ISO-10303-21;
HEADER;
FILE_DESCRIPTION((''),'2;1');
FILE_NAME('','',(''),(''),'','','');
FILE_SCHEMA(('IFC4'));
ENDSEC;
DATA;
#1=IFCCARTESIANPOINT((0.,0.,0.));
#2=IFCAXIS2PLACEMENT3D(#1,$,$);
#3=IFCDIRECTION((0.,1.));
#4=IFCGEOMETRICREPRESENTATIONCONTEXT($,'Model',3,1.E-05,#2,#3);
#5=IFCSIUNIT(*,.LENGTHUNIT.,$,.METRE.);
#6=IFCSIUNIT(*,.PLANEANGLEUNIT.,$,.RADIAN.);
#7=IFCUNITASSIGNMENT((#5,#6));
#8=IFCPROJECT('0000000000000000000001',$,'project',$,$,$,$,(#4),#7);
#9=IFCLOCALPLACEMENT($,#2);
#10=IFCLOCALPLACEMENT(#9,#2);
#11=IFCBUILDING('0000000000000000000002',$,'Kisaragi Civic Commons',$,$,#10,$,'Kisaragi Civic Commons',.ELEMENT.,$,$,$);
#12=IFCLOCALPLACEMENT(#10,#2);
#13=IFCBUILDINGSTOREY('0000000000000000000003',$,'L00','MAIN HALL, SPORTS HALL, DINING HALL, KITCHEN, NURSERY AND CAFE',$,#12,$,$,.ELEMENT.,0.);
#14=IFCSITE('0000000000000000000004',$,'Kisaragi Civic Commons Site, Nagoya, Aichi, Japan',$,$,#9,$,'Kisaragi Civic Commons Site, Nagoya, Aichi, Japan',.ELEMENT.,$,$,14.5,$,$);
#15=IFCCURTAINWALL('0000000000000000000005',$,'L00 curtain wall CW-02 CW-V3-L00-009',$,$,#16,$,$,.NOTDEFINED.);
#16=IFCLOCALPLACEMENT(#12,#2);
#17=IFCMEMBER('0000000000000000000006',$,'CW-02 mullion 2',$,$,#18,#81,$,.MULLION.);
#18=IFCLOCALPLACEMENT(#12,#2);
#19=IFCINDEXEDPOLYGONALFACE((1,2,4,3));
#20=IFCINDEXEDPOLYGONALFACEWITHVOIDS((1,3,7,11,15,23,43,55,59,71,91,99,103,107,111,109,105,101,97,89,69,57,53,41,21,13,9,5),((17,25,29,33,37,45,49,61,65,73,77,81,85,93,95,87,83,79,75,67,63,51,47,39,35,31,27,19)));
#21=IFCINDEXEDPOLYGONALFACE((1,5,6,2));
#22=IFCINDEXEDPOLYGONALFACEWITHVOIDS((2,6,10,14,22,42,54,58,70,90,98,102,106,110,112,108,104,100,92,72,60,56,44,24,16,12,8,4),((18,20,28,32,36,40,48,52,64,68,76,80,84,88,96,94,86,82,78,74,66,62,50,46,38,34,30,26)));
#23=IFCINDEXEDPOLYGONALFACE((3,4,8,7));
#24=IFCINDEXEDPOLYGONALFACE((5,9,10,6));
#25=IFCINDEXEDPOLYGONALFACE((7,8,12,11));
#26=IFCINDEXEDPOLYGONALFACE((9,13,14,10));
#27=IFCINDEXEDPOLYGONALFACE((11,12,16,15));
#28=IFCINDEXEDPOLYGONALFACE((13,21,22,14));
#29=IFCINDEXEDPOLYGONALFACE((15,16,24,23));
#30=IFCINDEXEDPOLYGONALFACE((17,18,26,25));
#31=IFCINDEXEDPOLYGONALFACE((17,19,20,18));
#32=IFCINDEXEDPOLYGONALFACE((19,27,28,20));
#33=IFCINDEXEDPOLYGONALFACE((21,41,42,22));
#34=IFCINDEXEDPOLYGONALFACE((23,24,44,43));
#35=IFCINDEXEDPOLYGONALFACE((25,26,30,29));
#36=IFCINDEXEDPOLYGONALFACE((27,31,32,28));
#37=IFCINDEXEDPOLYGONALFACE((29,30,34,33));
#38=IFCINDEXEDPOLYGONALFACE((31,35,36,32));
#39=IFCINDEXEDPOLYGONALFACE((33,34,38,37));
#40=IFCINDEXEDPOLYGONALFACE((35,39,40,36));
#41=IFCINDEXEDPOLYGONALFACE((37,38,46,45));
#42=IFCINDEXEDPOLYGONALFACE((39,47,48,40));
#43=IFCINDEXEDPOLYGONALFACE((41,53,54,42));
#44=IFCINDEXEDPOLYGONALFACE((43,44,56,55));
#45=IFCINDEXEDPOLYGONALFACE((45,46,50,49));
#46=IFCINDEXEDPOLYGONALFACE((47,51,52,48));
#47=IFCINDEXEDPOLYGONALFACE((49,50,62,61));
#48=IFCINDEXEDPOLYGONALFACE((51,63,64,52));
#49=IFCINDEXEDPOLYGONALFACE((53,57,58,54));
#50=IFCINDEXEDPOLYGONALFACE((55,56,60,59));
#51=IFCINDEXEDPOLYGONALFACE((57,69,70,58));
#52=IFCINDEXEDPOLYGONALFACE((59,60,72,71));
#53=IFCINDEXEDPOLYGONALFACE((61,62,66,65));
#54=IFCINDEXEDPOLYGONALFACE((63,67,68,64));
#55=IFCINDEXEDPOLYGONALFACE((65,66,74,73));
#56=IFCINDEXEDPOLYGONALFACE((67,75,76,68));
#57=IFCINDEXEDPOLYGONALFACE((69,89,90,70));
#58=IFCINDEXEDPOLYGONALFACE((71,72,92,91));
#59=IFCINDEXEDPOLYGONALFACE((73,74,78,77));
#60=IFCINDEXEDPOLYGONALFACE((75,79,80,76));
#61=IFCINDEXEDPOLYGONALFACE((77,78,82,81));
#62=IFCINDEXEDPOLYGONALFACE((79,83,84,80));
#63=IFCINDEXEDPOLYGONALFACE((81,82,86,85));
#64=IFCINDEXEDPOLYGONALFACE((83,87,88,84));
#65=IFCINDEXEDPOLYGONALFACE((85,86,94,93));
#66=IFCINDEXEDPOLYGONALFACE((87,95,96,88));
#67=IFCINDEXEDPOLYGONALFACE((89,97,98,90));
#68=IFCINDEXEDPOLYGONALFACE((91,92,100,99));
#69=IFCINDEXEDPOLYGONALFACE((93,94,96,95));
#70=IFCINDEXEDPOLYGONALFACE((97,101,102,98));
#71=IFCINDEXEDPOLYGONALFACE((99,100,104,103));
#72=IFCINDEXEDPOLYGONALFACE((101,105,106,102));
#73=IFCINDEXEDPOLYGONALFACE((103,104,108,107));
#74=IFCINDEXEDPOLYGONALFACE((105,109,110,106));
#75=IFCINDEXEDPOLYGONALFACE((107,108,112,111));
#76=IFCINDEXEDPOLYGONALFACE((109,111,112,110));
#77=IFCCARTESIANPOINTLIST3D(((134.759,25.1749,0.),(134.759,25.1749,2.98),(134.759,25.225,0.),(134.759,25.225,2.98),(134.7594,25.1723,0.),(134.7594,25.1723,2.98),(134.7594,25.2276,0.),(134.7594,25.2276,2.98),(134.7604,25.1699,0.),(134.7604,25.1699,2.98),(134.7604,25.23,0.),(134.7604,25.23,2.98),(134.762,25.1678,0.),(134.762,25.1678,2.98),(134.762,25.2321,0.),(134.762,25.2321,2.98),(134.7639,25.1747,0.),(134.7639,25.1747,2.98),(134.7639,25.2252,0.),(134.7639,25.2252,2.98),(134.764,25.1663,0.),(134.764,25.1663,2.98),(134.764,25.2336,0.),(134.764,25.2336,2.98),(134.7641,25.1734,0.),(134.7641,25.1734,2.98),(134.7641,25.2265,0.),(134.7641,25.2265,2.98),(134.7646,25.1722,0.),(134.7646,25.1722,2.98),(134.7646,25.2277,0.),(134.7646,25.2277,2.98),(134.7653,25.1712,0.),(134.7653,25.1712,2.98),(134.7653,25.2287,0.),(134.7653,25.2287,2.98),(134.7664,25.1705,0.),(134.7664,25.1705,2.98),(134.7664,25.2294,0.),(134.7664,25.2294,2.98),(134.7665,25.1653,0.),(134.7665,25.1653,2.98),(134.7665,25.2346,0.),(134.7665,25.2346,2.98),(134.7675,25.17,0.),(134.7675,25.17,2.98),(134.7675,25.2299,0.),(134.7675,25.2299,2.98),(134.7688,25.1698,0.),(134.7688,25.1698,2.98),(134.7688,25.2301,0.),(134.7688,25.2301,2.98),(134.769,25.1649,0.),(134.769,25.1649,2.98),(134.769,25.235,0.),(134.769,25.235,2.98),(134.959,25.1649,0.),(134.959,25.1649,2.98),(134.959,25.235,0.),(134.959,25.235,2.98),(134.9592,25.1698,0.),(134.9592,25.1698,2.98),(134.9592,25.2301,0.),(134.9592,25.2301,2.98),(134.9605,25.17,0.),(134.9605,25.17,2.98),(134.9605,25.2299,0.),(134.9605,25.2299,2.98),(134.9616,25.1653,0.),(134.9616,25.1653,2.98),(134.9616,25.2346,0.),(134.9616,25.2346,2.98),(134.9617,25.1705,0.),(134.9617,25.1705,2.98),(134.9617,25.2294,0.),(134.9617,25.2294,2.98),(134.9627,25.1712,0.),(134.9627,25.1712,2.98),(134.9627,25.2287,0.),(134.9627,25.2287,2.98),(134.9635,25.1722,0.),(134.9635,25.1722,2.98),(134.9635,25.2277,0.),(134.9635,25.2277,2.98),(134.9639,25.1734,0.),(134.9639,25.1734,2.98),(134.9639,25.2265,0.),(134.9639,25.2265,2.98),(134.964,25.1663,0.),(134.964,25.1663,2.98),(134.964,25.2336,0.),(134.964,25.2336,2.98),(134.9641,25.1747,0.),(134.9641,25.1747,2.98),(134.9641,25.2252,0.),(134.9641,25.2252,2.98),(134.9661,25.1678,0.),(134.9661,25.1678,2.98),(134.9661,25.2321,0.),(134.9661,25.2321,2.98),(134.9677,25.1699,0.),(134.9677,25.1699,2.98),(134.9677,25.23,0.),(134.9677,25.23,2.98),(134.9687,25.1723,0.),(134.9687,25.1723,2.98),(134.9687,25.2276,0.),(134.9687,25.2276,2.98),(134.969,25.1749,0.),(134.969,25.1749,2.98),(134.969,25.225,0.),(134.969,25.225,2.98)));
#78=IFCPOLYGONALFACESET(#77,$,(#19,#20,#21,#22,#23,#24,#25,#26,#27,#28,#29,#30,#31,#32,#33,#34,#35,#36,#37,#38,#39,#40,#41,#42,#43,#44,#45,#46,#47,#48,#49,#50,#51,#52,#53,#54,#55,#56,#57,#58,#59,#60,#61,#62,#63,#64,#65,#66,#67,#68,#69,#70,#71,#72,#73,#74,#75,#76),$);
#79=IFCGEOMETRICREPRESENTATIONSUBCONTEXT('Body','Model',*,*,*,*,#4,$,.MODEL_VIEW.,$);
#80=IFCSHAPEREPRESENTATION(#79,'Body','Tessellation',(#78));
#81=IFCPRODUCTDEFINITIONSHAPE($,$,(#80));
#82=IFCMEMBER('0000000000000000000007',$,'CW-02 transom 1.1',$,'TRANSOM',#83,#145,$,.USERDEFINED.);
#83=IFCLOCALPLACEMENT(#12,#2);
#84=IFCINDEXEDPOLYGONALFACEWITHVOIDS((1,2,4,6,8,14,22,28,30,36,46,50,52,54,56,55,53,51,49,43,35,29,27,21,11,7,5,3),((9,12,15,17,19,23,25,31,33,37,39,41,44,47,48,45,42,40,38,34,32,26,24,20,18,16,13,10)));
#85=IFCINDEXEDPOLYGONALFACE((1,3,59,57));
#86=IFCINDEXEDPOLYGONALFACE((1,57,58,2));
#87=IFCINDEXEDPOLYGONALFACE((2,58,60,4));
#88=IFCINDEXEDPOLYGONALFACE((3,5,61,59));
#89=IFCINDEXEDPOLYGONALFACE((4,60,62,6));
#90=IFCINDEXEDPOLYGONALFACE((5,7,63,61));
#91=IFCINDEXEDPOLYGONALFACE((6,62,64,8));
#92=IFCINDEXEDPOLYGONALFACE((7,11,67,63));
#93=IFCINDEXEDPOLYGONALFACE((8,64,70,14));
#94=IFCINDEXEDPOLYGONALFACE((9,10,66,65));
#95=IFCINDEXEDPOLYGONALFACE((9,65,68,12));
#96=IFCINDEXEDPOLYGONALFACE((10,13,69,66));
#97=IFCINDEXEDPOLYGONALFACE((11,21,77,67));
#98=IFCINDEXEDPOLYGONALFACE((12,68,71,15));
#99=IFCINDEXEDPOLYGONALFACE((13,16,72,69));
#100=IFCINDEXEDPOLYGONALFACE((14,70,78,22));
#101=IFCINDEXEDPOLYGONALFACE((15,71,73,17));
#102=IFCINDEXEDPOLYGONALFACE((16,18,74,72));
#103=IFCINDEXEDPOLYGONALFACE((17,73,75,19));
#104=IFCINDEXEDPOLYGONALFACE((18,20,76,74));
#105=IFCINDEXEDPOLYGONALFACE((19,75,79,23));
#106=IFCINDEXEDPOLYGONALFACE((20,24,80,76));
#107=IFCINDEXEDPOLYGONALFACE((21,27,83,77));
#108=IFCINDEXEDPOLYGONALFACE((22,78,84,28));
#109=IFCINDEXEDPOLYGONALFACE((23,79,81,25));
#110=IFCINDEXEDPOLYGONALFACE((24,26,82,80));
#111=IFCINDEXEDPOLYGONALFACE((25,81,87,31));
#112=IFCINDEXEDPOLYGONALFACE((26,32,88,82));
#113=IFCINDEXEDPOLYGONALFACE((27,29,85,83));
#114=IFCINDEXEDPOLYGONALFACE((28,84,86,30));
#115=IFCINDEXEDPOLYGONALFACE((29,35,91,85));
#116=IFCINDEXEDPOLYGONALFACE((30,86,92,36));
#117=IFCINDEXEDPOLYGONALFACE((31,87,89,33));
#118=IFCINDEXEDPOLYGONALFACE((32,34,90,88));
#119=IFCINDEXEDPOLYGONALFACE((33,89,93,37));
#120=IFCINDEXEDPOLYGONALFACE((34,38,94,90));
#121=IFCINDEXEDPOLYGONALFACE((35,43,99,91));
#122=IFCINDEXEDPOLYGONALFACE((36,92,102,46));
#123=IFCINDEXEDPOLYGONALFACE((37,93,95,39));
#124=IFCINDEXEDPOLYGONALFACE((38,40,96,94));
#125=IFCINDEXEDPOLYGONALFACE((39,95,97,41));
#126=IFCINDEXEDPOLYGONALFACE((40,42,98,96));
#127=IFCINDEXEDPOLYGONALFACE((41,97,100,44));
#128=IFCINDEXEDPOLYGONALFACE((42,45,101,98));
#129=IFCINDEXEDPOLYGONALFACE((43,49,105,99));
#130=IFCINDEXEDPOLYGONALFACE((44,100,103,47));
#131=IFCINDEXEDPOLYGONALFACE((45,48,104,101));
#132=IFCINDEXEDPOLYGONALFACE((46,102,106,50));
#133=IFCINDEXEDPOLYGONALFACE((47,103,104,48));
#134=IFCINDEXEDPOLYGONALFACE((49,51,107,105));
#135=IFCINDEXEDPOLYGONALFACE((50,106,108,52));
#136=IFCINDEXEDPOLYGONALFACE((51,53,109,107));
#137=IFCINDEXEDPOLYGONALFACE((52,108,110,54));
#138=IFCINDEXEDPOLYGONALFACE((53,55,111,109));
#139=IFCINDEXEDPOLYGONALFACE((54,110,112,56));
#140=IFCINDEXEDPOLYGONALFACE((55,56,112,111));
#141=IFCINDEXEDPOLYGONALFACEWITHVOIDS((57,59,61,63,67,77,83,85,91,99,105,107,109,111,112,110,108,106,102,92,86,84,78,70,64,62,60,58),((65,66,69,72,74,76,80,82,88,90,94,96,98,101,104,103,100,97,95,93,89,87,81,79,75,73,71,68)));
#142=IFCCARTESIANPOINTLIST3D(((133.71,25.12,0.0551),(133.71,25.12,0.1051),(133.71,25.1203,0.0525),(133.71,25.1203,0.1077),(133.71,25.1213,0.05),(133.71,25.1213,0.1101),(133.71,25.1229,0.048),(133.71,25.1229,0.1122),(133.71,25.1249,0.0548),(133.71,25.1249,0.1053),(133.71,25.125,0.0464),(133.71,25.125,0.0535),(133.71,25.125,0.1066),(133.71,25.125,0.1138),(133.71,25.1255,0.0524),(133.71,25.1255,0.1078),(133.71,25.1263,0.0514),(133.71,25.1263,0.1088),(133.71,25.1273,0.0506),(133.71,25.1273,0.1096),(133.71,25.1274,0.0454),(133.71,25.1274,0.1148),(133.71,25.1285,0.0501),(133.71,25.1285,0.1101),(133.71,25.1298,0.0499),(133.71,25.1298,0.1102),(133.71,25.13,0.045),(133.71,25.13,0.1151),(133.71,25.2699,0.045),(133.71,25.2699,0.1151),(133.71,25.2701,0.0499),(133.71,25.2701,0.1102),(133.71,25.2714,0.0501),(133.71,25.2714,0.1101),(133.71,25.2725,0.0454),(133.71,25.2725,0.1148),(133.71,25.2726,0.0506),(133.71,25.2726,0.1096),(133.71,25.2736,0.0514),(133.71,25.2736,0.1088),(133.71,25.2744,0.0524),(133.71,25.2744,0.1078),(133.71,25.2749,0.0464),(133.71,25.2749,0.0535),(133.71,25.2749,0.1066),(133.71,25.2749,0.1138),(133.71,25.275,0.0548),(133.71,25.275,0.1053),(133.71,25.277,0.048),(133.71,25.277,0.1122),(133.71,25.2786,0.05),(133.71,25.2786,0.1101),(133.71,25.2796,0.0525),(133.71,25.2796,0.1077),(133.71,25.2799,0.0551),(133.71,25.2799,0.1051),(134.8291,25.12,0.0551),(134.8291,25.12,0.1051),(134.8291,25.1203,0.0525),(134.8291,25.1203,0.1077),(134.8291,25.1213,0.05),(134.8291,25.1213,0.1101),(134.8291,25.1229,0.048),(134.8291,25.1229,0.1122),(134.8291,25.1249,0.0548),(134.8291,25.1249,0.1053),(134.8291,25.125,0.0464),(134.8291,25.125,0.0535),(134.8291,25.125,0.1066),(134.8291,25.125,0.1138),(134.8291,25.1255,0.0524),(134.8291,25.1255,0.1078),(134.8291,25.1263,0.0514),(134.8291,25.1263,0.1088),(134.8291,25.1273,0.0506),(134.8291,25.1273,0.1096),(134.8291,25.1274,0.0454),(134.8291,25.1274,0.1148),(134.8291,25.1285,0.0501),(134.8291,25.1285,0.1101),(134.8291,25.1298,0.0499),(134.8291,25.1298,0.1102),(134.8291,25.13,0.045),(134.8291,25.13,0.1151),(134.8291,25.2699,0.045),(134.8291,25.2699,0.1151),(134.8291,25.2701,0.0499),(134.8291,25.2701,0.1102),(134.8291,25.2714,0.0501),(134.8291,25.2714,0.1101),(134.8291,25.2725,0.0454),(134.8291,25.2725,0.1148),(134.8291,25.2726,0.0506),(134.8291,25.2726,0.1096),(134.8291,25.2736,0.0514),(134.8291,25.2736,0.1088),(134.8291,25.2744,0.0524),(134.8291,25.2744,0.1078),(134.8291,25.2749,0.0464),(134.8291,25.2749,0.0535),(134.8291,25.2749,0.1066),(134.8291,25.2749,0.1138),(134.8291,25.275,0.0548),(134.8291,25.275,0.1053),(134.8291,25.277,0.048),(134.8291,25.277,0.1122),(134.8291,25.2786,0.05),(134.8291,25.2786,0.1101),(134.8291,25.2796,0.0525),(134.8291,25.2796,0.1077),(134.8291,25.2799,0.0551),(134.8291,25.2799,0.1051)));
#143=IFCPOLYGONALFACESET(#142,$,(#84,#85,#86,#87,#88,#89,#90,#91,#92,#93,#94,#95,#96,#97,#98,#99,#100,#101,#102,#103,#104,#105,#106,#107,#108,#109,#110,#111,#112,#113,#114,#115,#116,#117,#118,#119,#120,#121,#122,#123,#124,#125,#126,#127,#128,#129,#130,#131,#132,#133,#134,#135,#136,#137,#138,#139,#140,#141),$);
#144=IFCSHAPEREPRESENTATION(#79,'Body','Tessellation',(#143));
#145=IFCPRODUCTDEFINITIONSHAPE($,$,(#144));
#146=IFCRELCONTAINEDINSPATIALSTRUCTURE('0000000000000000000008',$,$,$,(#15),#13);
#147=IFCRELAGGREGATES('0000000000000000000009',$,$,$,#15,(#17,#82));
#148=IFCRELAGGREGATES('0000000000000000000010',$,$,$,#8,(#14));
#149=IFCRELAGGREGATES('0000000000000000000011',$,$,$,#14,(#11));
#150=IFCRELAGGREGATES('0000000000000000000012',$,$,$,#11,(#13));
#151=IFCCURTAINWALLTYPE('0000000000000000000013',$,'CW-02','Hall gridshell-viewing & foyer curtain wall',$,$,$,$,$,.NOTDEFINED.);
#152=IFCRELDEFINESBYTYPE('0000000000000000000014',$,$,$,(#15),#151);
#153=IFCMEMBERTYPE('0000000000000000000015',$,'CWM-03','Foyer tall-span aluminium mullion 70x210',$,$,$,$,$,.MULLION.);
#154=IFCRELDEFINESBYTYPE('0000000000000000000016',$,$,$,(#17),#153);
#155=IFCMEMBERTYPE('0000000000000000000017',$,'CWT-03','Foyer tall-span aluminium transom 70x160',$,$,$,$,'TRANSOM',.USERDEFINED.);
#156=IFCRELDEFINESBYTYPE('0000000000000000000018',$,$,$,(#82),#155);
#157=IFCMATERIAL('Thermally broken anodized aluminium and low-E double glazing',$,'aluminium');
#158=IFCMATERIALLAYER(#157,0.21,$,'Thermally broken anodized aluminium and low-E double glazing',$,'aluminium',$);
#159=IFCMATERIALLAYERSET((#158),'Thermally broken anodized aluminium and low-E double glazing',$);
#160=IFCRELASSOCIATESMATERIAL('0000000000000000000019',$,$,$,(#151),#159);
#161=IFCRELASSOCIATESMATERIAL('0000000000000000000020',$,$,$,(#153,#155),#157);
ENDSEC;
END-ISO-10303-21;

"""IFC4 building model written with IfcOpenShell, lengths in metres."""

from ifc_helpers import new_model, si_unit, direction, frame, origin, origin_2d, place, context, subcontext, project, spatial, hollow_rectangle, extrude, material, layer, layer_set, material_profile, profile_set, type_object, element, aggregate, save


model = new_model("IFC4")

# Units and contexts
model_context = context("Model", 3, precision=1e-05, world=origin(), true_north=direction((0.0, 1.0)))
body_context = subcontext(model_context, "Body", "Model", "MODEL_VIEW")
ifc_project = project(units=[si_unit("LENGTHUNIT", "METRE"), si_unit("PLANEANGLEUNIT", "RADIAN")], contexts=[model_context])

# Site, building, storey
site_placement = place(None, origin())
site = spatial("IfcSite", under=ifc_project, at=site_placement, Name="Kisaragi Civic Commons Site, Nagoya, Aichi, Japan", LongName="Kisaragi Civic Commons Site, Nagoya, Aichi, Japan", CompositionType="ELEMENT", RefElevation=14.5)
building_placement = place(site_placement, origin())
building = spatial("IfcBuilding", under=site, at=building_placement, Name="Kisaragi Civic Commons", LongName="Kisaragi Civic Commons", CompositionType="ELEMENT")
storey_placement = place(building_placement, origin())
storey = spatial("IfcBuildingStorey", under=building, at=storey_placement, Name="L00", Description="MAIN HALL, SPORTS HALL, DINING HALL, KITCHEN, NURSERY AND CAFE", CompositionType="ELEMENT", Elevation=0.0)

# Curtain wall, members
ifc_material_1 = material(Name="Thermally broken anodized aluminium and low-E double glazing", Category="aluminium")
ifc_layer_1 = layer(ifc_material_1, 0.21, Name="Thermally broken anodized aluminium and low-E double glazing", Category="aluminium")
ifc_layer_set_1 = layer_set([ifc_layer_1], Name="Thermally broken anodized aluminium and low-E double glazing")
curtain_wall_type = type_object("IfcCurtainWallType", Name="CW-02", Description="Hall gridshell-viewing & foyer curtain wall", PredefinedType="NOTDEFINED", material=ifc_layer_set_1)
curtain_wall_placement = place(storey_placement, origin())
curtain_wall = element("IfcCurtainWall", 1, at=curtain_wall_placement, inside=storey, type_object=curtain_wall_type, Name="L00 curtain wall CW-02 CW-V3-L00-009", PredefinedType="NOTDEFINED")
ifc_material_profile_1 = material_profile(ifc_material_1, hollow_rectangle(XDim=0.0701, YDim=0.21, WallThickness=0.0049, InnerFilletRadius=0.0049, OuterFilletRadius=0.01, at=origin_2d()), Name="CWM-70x210x5", Category="aluminium")
ifc_profile_set_1 = profile_set([ifc_material_profile_1], Name="Thermally broken anodized aluminium and low-E double glazing")
member_type_1 = type_object("IfcMemberType", Name="CWM-03", Description="Foyer tall-span aluminium mullion 70x210", PredefinedType="MULLION", material=ifc_profile_set_1)
member_1_placement = place(storey_placement, frame((134.864, 25.2, 0.0), z_axis=(0.0, 0.0, 1.0), x_axis=(0.0, 1.0, 0.0)))
member_1 = element("IfcMember", 2, at=member_1_placement, type_object=member_type_1, Name="CW-02 mullion 2", PredefinedType="MULLION", context=body_context, shape_type="SweptSolid", body=[
    extrude(hollow_rectangle(XDim=0.0701, YDim=0.21, WallThickness=0.0049, InnerFilletRadius=0.0049, OuterFilletRadius=0.01, at=origin_2d()), origin(), (0.0, 0.0, 1.0), 2.98),
])
ifc_material_profile_2 = material_profile(ifc_material_1, hollow_rectangle(XDim=0.1599, YDim=0.0701, WallThickness=0.0049, InnerFilletRadius=0.0049, OuterFilletRadius=0.01, at=origin_2d()), Name="CWT-70x160x5", Category="aluminium")
ifc_profile_set_2 = profile_set([ifc_material_profile_2], Name="Thermally broken anodized aluminium and low-E double glazing")
member_type_2 = type_object("IfcMemberType", Name="CWT-03", Description="Foyer tall-span aluminium transom 70x160", ElementType="TRANSOM", PredefinedType="USERDEFINED", material=ifc_profile_set_2)
member_2_placement = place(storey_placement, frame((133.71, 25.2, 0.0801), z_axis=(1.0, 0.0, 0.0), x_axis=(0.0, 1.0, 0.0)))
member_2 = element("IfcMember", 3, at=member_2_placement, type_object=member_type_2, Name="CW-02 transom 1.1", ObjectType="TRANSOM", PredefinedType="USERDEFINED", context=body_context, shape_type="SweptSolid", body=[
    extrude(hollow_rectangle(XDim=0.1599, YDim=0.0701, WallThickness=0.0049, InnerFilletRadius=0.0049, OuterFilletRadius=0.01, at=origin_2d()), origin(), (0.0, 0.0, 1.0), 1.1191),
])

aggregate(curtain_wall, [member_1, member_2])

save(model, "model.ifc")
